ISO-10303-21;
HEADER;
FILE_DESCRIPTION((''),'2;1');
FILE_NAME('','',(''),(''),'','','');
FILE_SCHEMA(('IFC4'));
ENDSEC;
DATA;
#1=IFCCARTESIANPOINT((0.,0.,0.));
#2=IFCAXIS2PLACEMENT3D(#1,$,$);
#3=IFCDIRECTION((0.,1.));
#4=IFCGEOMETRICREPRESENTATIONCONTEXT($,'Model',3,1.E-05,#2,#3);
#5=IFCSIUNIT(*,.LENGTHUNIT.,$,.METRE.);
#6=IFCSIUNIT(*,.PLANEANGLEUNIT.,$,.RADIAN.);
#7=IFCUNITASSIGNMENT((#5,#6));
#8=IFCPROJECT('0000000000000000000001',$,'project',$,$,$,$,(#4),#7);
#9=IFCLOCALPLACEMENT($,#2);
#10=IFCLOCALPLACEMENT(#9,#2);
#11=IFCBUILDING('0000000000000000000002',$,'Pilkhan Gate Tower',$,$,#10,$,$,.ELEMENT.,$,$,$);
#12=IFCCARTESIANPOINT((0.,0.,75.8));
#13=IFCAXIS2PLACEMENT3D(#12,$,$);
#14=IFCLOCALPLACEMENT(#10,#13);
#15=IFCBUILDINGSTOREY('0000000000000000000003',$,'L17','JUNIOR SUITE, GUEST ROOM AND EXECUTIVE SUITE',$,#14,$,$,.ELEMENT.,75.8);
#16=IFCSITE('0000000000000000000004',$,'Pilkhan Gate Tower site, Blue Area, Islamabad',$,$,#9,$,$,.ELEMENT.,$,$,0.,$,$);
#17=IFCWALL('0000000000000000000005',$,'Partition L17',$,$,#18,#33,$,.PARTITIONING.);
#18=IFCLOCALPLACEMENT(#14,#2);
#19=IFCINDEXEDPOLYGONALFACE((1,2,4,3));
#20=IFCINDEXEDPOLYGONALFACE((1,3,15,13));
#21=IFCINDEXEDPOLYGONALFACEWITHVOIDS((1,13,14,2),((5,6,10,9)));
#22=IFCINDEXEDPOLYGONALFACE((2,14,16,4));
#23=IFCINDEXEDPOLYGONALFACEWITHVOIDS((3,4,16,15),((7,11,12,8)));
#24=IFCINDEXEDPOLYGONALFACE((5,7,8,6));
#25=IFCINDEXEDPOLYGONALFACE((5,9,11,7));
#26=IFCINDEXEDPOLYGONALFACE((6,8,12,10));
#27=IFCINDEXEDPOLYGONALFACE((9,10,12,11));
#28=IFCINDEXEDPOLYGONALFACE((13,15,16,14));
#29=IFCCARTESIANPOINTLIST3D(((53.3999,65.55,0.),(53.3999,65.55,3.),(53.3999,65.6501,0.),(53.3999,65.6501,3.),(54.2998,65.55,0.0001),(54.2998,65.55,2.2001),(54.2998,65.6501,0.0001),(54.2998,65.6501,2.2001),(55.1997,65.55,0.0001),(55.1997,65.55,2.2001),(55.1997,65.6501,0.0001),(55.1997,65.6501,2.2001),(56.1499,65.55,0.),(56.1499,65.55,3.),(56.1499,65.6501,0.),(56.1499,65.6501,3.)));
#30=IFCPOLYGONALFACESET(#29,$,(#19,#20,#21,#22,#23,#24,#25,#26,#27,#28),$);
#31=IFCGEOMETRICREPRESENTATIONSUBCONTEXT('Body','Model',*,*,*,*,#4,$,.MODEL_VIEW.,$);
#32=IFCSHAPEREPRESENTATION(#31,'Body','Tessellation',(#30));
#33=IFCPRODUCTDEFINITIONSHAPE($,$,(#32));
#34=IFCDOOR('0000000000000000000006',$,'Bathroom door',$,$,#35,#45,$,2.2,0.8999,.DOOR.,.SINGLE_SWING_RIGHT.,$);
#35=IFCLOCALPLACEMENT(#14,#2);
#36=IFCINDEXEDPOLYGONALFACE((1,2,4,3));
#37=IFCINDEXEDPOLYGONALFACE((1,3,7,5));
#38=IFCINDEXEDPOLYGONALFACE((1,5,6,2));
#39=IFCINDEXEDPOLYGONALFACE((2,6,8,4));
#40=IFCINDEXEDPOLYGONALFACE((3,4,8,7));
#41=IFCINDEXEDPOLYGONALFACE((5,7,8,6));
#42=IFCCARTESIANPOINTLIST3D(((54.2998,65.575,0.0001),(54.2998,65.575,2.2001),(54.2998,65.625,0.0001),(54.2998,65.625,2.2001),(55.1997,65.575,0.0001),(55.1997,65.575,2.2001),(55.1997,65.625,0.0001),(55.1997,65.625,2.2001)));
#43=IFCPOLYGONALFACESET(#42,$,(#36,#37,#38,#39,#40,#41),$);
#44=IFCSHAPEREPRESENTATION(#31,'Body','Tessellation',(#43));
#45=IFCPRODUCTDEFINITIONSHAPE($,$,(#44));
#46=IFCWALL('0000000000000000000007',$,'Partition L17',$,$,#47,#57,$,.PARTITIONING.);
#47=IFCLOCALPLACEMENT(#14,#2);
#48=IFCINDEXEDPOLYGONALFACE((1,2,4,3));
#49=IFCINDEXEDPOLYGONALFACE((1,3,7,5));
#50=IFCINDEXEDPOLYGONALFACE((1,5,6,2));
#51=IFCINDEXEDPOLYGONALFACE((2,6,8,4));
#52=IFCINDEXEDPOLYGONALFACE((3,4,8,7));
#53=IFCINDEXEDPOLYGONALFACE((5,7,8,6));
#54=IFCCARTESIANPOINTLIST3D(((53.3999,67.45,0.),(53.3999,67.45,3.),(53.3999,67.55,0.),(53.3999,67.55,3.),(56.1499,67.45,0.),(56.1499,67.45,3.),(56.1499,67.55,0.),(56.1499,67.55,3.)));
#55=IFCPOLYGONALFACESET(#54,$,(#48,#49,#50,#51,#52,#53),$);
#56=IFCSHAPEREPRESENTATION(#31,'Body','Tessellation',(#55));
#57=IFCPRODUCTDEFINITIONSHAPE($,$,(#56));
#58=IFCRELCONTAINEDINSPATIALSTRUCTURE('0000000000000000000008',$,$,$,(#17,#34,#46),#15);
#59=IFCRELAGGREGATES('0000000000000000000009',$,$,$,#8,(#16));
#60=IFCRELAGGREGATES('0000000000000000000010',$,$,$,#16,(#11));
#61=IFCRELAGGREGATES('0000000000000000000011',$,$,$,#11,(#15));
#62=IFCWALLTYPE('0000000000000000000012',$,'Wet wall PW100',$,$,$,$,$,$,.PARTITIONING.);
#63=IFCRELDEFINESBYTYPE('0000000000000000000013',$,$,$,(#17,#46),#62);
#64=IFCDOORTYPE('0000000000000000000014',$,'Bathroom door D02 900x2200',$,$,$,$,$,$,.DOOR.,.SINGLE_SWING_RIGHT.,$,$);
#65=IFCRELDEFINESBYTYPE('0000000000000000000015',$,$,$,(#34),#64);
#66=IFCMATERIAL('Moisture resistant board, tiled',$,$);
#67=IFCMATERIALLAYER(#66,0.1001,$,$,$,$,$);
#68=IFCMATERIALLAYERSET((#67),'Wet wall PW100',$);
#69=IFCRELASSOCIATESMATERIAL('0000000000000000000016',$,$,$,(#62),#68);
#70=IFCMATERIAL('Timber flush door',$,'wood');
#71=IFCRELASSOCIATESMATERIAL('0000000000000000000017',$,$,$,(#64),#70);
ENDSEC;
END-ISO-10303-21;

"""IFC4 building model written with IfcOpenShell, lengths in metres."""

from ifc_helpers import new_model, si_unit, direction, frame, frame_2d, origin, place, context, subcontext, project, spatial, rectangle, extrude, material, layer, layer_set, type_object, element, fill, save


model = new_model("IFC4")

# Units and contexts
model_context = context("Model", 3, precision=1e-05, world=origin(), true_north=direction((0.0, 1.0)))
body_context = subcontext(model_context, "Body", "Model", "MODEL_VIEW")
ifc_project = project(units=[si_unit("LENGTHUNIT", "METRE"), si_unit("PLANEANGLEUNIT", "RADIAN")], contexts=[model_context])

# Site, building, storey
site_placement = place(None, origin())
site = spatial("IfcSite", under=ifc_project, at=site_placement, Name="Pilkhan Gate Tower site, Blue Area, Islamabad", CompositionType="ELEMENT", RefElevation=0.0)
building_placement = place(site_placement, origin())
building = spatial("IfcBuilding", under=site, at=building_placement, Name="Pilkhan Gate Tower", CompositionType="ELEMENT")
storey_placement = place(building_placement, frame((0.0, 0.0, 75.8)))
storey = spatial("IfcBuildingStorey", under=building, at=storey_placement, Name="L17", Description="JUNIOR SUITE, GUEST ROOM AND EXECUTIVE SUITE", CompositionType="ELEMENT", Elevation=75.8)

# Shared definitions
ifc_material_1 = material(Name="Moisture resistant board, tiled")
ifc_layer_1 = layer(ifc_material_1, 0.1001)
ifc_layer_set_1 = layer_set([ifc_layer_1], Name="Wet wall PW100")
wall_type_1 = type_object("IfcWallType", Name="Wet wall PW100", PredefinedType="PARTITIONING", material=ifc_layer_set_1)
ifc_material_2 = material(Name="Timber flush door", Category="wood")
door_type_1 = type_object("IfcDoorType", Name="Bathroom door D02 900x2200", OperationType="SINGLE_SWING_RIGHT", PredefinedType="DOOR", material=ifc_material_2)

# Wall, opening, door
wall_1_placement = place(storey_placement, frame((53.3999, 65.6001, 0.0), z_axis=(0.0, 0.0, 1.0), x_axis=(1.0, 0.0, 0.0)))
wall_1 = element("IfcWall", 1, at=wall_1_placement, inside=storey, type_object=wall_type_1, Name="Partition L17", PredefinedType="PARTITIONING", context=body_context, shape_type="SweptSolid", body=[
    extrude(rectangle(XDim=2.75, YDim=0.1001, at=frame_2d((1.375, 0.0))), origin(), (0.0, 0.0, 1.0), 3.0),
])
opening_1_placement = place(wall_1_placement, frame((0.8999, 0.0, 0.0)))
opening_1 = element("IfcOpeningElement", 2, at=opening_1_placement, cuts=wall_1, PredefinedType="OPENING", context=body_context, shape_type="SweptSolid", body=[
    extrude(rectangle(XDim=0.8999, YDim=2.2, at=frame_2d((0.45, 1.1001))), frame((0.0, 0.0601, 0.0), z_axis=(0.0, -1.0, 0.0), x_axis=(1.0, 0.0, 0.0)), (0.0, 0.0, 1.0), 0.1201),
])
door_1_placement = place(opening_1_placement, origin())
door_1 = element("IfcDoor", 3, at=door_1_placement, inside=storey, type_object=door_type_1, Name="Bathroom door", OperationType="SINGLE_SWING_RIGHT", OverallHeight=2.2, OverallWidth=0.8999, PredefinedType="DOOR", context=body_context, shape_type="SweptSolid", body=[
    extrude(rectangle(XDim=0.8999, YDim=2.2, at=frame_2d((0.45, 1.1001))), frame((0.0, 0.0249, 0.0), z_axis=(0.0, -1.0, 0.0), x_axis=(1.0, 0.0, 0.0)), (0.0, 0.0, 1.0), 0.05),
])
fill(opening_1, door_1)

# Wall
wall_2_placement = place(storey_placement, frame((53.3999, 67.5, 0.0), z_axis=(0.0, 0.0, 1.0), x_axis=(1.0, 0.0, 0.0)))
element("IfcWall", 4, at=wall_2_placement, inside=storey, type_object=wall_type_1, Name="Partition L17", PredefinedType="PARTITIONING", context=body_context, shape_type="SweptSolid", body=[
    extrude(rectangle(XDim=2.75, YDim=0.1001, at=frame_2d((1.375, 0.0))), origin(), (0.0, 0.0, 1.0), 3.0),
])

save(model, "model.ifc")
